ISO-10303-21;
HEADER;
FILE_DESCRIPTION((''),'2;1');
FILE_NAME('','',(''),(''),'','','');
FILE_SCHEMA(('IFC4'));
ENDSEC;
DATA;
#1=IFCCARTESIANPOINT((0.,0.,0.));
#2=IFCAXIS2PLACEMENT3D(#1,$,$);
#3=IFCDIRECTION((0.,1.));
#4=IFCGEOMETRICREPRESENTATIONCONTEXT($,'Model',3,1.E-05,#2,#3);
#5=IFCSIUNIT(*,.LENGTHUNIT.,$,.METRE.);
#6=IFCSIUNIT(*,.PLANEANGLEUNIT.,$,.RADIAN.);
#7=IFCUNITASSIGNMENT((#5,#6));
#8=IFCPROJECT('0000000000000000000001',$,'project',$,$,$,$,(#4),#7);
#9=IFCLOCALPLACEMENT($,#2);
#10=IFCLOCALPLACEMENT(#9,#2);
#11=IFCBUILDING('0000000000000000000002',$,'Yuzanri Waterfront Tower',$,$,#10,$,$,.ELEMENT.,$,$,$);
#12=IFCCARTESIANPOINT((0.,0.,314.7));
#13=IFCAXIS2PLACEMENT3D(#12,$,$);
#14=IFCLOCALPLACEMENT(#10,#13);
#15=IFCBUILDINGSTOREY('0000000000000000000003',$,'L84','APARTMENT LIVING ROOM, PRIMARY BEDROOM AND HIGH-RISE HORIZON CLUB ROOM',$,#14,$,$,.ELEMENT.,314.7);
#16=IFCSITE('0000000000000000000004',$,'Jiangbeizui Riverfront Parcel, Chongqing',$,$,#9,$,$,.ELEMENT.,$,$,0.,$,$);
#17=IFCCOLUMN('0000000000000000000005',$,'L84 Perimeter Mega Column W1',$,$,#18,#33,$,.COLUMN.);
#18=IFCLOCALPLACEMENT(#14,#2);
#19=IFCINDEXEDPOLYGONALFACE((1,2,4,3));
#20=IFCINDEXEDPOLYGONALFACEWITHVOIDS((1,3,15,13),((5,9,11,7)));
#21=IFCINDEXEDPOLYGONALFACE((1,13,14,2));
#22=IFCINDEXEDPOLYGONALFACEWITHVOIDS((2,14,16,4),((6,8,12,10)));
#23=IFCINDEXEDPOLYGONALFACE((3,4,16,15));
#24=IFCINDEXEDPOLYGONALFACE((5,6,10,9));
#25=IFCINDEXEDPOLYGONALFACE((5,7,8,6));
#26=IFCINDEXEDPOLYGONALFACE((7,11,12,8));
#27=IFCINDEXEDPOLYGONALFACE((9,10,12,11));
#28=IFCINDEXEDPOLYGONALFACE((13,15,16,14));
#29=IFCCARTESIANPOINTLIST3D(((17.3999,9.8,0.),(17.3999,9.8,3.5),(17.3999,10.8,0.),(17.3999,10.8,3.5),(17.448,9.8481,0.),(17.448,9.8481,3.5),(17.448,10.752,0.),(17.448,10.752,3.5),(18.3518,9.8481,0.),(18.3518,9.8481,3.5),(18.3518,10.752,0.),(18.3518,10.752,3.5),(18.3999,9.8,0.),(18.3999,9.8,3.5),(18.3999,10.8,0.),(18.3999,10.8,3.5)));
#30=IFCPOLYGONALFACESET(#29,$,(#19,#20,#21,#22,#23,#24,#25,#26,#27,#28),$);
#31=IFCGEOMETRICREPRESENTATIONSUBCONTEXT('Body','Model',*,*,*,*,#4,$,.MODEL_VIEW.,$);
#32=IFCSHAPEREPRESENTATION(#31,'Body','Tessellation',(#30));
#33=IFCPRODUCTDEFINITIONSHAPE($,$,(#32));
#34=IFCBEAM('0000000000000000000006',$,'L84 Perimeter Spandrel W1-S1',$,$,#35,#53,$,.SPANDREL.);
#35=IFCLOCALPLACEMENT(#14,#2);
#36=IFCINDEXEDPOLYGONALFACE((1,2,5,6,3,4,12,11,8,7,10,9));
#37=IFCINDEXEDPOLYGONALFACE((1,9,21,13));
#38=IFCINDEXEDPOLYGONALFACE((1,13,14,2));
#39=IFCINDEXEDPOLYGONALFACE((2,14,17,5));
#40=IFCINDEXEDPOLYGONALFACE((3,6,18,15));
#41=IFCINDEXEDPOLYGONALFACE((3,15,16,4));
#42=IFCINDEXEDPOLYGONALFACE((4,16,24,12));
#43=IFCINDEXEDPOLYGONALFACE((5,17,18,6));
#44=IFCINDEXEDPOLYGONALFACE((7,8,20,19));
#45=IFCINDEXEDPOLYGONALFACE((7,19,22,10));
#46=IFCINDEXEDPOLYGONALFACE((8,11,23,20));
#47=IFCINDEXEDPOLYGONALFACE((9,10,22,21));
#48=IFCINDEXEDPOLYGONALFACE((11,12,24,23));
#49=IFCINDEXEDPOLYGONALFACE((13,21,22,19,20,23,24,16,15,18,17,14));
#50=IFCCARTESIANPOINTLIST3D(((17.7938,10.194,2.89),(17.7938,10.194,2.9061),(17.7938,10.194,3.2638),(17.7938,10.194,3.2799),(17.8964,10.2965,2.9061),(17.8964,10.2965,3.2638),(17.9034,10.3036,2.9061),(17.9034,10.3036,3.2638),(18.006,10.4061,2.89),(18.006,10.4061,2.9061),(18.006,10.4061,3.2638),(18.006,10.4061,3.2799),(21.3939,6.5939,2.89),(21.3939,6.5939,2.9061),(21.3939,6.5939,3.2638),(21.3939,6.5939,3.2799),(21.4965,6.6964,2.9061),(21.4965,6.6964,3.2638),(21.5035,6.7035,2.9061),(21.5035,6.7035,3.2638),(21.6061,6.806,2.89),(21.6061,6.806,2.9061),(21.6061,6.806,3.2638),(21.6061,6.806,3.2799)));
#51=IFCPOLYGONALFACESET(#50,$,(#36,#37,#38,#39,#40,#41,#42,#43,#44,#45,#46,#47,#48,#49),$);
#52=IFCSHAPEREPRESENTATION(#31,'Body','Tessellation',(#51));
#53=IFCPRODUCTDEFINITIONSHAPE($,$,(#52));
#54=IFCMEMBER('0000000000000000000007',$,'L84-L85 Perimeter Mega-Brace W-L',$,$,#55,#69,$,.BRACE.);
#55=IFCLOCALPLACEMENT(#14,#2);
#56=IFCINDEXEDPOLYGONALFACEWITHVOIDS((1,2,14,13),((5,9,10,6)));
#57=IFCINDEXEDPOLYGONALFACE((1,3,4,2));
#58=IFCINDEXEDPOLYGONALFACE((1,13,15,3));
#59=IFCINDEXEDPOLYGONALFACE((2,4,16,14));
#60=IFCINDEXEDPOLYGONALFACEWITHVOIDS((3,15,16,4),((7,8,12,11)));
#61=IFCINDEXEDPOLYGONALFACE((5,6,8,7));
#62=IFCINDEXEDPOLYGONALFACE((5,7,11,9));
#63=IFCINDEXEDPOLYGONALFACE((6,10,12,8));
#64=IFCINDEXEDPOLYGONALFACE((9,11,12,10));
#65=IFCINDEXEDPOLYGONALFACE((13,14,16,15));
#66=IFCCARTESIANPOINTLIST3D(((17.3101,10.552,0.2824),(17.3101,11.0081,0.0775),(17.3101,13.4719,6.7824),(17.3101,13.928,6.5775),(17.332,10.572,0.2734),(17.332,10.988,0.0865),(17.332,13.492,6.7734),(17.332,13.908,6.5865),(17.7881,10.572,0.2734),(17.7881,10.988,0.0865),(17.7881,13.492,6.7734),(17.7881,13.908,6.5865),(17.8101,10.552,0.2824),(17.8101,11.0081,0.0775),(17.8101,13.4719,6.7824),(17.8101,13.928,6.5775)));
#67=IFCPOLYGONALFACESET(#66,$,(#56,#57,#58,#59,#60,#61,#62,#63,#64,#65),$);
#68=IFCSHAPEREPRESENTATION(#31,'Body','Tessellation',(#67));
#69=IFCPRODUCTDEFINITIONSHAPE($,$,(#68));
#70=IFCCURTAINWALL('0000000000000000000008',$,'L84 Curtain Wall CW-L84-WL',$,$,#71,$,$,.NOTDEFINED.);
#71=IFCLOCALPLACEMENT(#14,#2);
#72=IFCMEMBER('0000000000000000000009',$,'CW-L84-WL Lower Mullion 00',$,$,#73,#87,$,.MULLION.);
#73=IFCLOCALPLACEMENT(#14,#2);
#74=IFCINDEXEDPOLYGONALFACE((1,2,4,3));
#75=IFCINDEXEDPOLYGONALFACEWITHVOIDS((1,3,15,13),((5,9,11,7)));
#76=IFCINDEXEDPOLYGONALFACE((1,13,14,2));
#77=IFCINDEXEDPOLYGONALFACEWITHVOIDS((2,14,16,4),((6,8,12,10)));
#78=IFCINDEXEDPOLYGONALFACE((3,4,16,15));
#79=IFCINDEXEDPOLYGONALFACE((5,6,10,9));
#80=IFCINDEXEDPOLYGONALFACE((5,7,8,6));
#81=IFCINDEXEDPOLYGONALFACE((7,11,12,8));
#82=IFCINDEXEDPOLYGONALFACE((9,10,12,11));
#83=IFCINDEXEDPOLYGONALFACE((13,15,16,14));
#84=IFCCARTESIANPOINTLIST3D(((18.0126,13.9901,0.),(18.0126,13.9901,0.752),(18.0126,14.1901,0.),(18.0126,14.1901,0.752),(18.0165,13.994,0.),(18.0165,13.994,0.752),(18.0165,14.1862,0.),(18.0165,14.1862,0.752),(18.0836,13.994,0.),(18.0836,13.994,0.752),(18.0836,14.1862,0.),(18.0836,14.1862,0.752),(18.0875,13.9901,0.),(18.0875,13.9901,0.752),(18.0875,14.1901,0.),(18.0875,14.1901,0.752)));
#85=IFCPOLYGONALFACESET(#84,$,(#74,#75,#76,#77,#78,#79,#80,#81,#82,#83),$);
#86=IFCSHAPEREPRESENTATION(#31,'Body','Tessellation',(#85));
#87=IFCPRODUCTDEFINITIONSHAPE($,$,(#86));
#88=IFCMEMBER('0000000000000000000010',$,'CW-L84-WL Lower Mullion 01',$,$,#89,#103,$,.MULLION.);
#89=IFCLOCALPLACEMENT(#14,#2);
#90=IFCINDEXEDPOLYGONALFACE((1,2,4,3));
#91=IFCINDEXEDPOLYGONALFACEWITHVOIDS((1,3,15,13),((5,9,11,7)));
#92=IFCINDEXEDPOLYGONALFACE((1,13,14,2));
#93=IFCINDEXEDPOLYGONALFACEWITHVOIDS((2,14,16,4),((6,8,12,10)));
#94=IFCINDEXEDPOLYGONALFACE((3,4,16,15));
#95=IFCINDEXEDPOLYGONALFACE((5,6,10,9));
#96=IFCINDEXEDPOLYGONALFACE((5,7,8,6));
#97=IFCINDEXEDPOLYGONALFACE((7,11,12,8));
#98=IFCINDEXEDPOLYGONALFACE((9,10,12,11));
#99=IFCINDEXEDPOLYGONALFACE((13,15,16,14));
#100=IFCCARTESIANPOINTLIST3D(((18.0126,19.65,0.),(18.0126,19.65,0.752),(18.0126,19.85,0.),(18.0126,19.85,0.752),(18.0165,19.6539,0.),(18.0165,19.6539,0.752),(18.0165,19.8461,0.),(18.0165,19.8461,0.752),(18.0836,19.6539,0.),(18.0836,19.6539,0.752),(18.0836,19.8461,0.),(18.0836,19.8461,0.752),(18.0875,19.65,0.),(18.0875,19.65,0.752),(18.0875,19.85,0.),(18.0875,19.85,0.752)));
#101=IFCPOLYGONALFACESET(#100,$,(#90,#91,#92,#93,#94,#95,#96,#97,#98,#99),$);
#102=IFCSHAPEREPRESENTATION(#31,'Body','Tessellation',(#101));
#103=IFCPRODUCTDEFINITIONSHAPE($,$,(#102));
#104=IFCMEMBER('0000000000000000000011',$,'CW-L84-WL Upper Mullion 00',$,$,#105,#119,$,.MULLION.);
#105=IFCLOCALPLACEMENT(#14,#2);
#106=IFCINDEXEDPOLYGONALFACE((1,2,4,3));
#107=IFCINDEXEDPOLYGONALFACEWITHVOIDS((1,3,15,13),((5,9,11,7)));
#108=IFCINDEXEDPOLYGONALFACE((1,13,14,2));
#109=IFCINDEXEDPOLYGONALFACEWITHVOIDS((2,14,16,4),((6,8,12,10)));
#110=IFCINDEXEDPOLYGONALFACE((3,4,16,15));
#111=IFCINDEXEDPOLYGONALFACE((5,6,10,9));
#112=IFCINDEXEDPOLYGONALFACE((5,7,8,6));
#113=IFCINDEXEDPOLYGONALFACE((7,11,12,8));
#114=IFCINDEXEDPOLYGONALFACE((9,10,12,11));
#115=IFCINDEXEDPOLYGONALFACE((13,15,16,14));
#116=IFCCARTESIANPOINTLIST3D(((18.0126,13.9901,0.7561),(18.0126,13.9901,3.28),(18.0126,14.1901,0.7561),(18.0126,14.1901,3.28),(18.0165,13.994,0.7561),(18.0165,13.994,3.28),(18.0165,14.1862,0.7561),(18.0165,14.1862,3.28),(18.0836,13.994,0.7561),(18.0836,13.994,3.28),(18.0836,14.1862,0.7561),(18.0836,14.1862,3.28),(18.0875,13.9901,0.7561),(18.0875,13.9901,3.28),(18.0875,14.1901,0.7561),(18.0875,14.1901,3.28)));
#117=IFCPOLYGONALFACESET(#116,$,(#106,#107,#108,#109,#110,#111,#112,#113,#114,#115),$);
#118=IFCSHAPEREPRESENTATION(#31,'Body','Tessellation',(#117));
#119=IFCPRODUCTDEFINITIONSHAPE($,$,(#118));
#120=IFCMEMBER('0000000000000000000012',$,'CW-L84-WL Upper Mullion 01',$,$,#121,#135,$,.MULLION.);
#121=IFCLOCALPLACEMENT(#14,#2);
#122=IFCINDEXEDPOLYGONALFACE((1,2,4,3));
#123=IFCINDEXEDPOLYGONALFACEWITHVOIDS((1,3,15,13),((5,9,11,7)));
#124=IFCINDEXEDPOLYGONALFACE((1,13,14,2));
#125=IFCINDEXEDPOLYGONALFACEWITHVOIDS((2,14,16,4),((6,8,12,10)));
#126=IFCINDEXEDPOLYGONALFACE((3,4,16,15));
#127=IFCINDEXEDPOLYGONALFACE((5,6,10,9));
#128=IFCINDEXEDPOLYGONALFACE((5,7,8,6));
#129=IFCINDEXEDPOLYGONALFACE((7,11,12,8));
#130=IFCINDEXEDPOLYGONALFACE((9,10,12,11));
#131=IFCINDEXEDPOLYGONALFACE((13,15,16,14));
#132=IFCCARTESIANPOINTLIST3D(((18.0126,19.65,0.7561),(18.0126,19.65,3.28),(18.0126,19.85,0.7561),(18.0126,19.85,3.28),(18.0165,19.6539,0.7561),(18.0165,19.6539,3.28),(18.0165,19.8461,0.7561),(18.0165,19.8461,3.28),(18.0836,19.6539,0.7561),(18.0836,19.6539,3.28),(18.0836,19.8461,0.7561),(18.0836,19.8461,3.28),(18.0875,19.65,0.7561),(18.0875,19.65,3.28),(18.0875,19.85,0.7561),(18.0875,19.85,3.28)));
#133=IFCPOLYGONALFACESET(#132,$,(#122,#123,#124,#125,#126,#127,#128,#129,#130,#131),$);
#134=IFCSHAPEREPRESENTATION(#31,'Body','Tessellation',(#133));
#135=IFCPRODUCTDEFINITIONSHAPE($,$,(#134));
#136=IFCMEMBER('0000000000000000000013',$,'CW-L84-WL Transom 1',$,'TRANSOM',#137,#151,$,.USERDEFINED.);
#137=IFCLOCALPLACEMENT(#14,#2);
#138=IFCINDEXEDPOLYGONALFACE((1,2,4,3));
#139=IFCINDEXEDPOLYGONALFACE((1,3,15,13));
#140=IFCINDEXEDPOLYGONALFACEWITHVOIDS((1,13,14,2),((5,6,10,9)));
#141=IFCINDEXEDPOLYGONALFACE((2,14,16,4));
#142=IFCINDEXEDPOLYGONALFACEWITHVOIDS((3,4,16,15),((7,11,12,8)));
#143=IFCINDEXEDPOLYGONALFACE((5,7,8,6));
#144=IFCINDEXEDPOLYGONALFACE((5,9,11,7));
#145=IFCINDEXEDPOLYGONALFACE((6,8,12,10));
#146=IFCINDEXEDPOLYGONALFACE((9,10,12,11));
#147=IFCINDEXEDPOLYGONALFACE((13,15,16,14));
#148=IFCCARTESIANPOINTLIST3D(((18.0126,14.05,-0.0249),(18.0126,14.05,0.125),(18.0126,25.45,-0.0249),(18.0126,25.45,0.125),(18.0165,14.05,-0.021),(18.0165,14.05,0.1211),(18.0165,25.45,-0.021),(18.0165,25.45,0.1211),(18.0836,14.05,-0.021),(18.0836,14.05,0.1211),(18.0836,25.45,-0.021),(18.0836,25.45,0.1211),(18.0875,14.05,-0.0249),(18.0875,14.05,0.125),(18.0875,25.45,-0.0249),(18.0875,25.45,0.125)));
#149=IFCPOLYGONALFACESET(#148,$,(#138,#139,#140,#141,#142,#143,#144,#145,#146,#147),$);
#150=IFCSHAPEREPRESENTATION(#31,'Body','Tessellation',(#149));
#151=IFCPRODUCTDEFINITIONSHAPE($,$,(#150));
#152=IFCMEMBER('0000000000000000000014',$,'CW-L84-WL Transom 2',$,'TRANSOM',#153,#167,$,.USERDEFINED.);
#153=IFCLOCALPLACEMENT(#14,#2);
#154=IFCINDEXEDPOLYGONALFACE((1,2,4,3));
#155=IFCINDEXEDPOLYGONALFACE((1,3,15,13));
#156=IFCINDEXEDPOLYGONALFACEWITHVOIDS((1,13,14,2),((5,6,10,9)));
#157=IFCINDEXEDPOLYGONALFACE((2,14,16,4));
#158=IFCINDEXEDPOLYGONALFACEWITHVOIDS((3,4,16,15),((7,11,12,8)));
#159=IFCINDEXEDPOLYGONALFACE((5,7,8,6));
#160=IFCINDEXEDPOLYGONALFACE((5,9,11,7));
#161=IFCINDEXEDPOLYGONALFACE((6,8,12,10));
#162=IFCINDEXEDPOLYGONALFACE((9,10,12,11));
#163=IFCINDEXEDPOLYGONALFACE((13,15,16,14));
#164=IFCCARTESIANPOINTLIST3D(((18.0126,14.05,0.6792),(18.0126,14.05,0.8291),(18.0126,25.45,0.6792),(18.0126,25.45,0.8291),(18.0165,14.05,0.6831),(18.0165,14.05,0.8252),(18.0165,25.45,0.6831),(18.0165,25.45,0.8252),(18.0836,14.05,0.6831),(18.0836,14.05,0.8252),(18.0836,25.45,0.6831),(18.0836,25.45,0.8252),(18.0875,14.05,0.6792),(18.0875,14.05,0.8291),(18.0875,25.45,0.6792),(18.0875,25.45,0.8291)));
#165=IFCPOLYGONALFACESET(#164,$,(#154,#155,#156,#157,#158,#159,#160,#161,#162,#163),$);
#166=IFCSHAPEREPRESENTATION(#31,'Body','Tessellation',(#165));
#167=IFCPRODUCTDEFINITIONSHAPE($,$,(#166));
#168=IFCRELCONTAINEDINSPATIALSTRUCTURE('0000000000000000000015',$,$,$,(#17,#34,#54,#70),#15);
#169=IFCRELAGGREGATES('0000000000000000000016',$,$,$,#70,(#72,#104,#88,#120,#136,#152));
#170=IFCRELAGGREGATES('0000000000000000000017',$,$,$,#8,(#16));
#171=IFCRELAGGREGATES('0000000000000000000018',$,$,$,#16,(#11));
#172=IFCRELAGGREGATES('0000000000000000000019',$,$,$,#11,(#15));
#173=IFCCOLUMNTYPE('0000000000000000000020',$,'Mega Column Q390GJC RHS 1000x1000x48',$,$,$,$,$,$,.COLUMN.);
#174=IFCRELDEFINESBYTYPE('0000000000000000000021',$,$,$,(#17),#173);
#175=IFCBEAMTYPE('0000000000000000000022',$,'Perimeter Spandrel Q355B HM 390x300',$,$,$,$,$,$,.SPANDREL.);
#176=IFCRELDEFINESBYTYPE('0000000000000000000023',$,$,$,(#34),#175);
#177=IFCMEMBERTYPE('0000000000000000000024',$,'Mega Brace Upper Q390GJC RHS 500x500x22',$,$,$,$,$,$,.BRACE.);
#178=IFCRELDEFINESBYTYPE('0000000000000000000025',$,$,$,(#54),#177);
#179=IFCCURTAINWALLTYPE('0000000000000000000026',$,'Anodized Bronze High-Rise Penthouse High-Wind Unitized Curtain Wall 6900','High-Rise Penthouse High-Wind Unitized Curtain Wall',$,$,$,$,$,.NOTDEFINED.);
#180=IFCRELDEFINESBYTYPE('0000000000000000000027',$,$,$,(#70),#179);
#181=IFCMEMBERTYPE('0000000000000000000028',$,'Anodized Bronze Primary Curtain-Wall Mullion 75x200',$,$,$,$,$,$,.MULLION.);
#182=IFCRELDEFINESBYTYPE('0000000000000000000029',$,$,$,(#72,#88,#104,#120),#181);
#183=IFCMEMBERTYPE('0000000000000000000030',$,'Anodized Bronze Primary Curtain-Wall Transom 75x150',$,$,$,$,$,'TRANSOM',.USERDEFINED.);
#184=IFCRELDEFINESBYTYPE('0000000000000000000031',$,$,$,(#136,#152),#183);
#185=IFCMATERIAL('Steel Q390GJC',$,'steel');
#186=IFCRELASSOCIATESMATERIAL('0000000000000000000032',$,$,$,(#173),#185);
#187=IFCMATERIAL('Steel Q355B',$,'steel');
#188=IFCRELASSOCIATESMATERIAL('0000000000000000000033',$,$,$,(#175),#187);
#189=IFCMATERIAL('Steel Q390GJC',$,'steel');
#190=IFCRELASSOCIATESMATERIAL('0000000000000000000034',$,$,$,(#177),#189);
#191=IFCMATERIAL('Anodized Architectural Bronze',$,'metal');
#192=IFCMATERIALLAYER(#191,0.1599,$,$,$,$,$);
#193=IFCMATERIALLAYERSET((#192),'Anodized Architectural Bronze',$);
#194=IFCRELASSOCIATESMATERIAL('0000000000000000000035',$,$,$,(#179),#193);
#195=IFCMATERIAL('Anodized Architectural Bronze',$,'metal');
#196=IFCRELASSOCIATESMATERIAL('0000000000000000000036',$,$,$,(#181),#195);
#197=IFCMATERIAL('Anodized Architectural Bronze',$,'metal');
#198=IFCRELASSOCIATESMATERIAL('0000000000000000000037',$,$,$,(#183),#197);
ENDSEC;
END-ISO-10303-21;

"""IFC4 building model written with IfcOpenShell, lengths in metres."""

from ifc_helpers import new_model, si_unit, direction, frame, origin, origin_2d, place, context, subcontext, project, spatial, hollow_rectangle, i_section, extrude, source, transform, mapped, material, layer, layer_set, material_profile, profile_set, type_object, element, aggregate, save


model = new_model("IFC4")

# Units and contexts
model_context = context("Model", 3, precision=1e-05, world=origin(), true_north=direction((0.0, 1.0)))
body_context = subcontext(model_context, "Body", "Model", "MODEL_VIEW")
ifc_project = project(units=[si_unit("LENGTHUNIT", "METRE"), si_unit("PLANEANGLEUNIT", "RADIAN")], contexts=[model_context])

# Site, building, storey
site_placement = place(None, origin())
site = spatial("IfcSite", under=ifc_project, at=site_placement, Name="Jiangbeizui Riverfront Parcel, Chongqing", CompositionType="ELEMENT", RefElevation=0.0)
building_placement = place(site_placement, origin())
building = spatial("IfcBuilding", under=site, at=building_placement, Name="Yuzanri Waterfront Tower", CompositionType="ELEMENT")
storey_placement = place(building_placement, frame((0.0, 0.0, 314.7)))
storey = spatial("IfcBuildingStorey", under=building, at=storey_placement, Name="L84", Description="APARTMENT LIVING ROOM, PRIMARY BEDROOM AND HIGH-RISE HORIZON CLUB ROOM", CompositionType="ELEMENT", Elevation=314.7)

# Column
ifc_material_1 = material(Name="Steel Q390GJC", Category="steel")
ifc_material_profile_1 = material_profile(ifc_material_1, hollow_rectangle(XDim=1.0, YDim=1.0, WallThickness=0.0481, at=origin_2d()), Name="RHS 1000x1000x48")
ifc_profile_set_1 = profile_set([ifc_material_profile_1], Name="Steel Q390GJC")
column_type = type_object("IfcColumnType", Name="Mega Column Q390GJC RHS 1000x1000x48", PredefinedType="COLUMN", material=ifc_profile_set_1)
shared_shape_1 = source(origin(), body_context, "Body", "SweptSolid", [
    extrude(hollow_rectangle(XDim=1.0, YDim=1.0, WallThickness=0.0481, at=origin_2d()), origin(), (0.0, 0.0, 1.0), 3.5),
])
column_placement = place(storey_placement, frame((17.8999, 10.3, 0.0), z_axis=(0.0, 0.0, 1.0), x_axis=(1.0, 0.0, 0.0)))
element("IfcColumn", 1, at=column_placement, inside=storey, type_object=column_type, Name="L84 Perimeter Mega Column W1", PredefinedType="COLUMN", context=body_context, shape_type="MappedRepresentation", body=[
    mapped(shared_shape_1, transform((0.0, 0.0, 0.0), scale=1.0)),
])

# Beam
ifc_material_2 = material(Name="Steel Q355B", Category="steel")
ifc_material_profile_2 = material_profile(ifc_material_2, i_section(OverallWidth=0.3, OverallDepth=0.3899, WebThickness=0.01, FlangeThickness=0.0161, at=origin_2d()), Name="HM 390x300x10x16")
ifc_profile_set_2 = profile_set([ifc_material_profile_2], Name="Steel Q355B")
beam_type = type_object("IfcBeamType", Name="Perimeter Spandrel Q355B HM 390x300", PredefinedType="SPANDREL", material=ifc_profile_set_2)
shared_shape_2 = source(origin(), body_context, "Body", "SweptSolid", [
    extrude(i_section(OverallWidth=0.3, OverallDepth=0.3899, WebThickness=0.01, FlangeThickness=0.0161, at=origin_2d()), origin(), (0.0, 0.0, 1.0), 5.0913),
])
beam_placement = place(storey_placement, frame((17.8999, 10.3, 3.085), z_axis=(0.707107, -0.707107, 0.0), x_axis=(0.707107, 0.707107, 0.0)))
element("IfcBeam", 2, at=beam_placement, inside=storey, type_object=beam_type, Name="L84 Perimeter Spandrel W1-S1", PredefinedType="SPANDREL", context=body_context, shape_type="MappedRepresentation", body=[
    mapped(shared_shape_2, transform((0.0, 0.0, 0.0), scale=1.0)),
])

# Member
ifc_material_3 = material(Name="Steel Q390GJC", Category="steel")
ifc_material_profile_3 = material_profile(ifc_material_3, hollow_rectangle(XDim=0.5, YDim=0.5, WallThickness=0.022, at=origin_2d()), Name="RHS 500x500x22")
ifc_profile_set_3 = profile_set([ifc_material_profile_3], Name="Steel Q390GJC")
member_type_1 = type_object("IfcMemberType", Name="Mega Brace Upper Q390GJC RHS 500x500x22", PredefinedType="BRACE", material=ifc_profile_set_3)
shared_shape_3 = source(origin(), body_context, "Body", "SweptSolid", [
    extrude(hollow_rectangle(XDim=0.5, YDim=0.5, WallThickness=0.022, at=origin_2d()), origin(), (0.0, 0.0, 1.0), 7.1257),
])
member_1_placement = place(storey_placement, frame((17.5601, 10.78, 0.1799), z_axis=(0.0, 0.409772, 0.912188), x_axis=(-1.0, 0.0, 0.0)))
element("IfcMember", 3, at=member_1_placement, inside=storey, type_object=member_type_1, Name="L84-L85 Perimeter Mega-Brace W-L", PredefinedType="BRACE", context=body_context, shape_type="MappedRepresentation", body=[
    mapped(shared_shape_3, transform((0.0, 0.0, 0.0), scale=1.0)),
])

# Curtain wall, members
ifc_material_4 = material(Name="Anodized Architectural Bronze", Category="metal")
ifc_layer_1 = layer(ifc_material_4, 0.1599)
ifc_layer_set_1 = layer_set([ifc_layer_1], Name="Anodized Architectural Bronze")
curtain_wall_type = type_object("IfcCurtainWallType", Name="Anodized Bronze High-Rise Penthouse High-Wind Unitized Curtain Wall 6900", Description="High-Rise Penthouse High-Wind Unitized Curtain Wall", PredefinedType="NOTDEFINED", material=ifc_layer_set_1)
curtain_wall_placement = place(storey_placement, origin())
curtain_wall = element("IfcCurtainWall", 4, at=curtain_wall_placement, inside=storey, type_object=curtain_wall_type, Name="L84 Curtain Wall CW-L84-WL", PredefinedType="NOTDEFINED")
ifc_material_5 = material(Name="Anodized Architectural Bronze", Category="metal")
ifc_material_profile_4 = material_profile(ifc_material_5, hollow_rectangle(XDim=0.075, YDim=0.2, WallThickness=0.0039, at=origin_2d()), Name="CWM 75x200")
ifc_profile_set_4 = profile_set([ifc_material_profile_4], Name="Anodized Architectural Bronze")
member_type_2 = type_object("IfcMemberType", Name="Anodized Bronze Primary Curtain-Wall Mullion 75x200", PredefinedType="MULLION", material=ifc_profile_set_4)
shared_shape_4 = source(origin(), body_context, "Body", "SweptSolid", [
    extrude(hollow_rectangle(XDim=0.075, YDim=0.2, WallThickness=0.0039, at=origin_2d()), origin(), (0.0, 0.0, 1.0), 0.752),
])
member_2_placement = place(storey_placement, frame((18.05, 14.0901, 0.0), z_axis=(0.0, 0.0, 1.0), x_axis=(1.0, 0.0, 0.0)))
member_2 = element("IfcMember", 5, at=member_2_placement, type_object=member_type_2, Name="CW-L84-WL Lower Mullion 00", PredefinedType="MULLION", context=body_context, shape_type="MappedRepresentation", body=[
    mapped(shared_shape_4, transform((0.0, 0.0, 0.0), scale=1.0)),
])
member_3_placement = place(storey_placement, frame((18.05, 19.75, 0.0), z_axis=(0.0, 0.0, 1.0), x_axis=(1.0, 0.0, 0.0)))
member_3 = element("IfcMember", 6, at=member_3_placement, type_object=member_type_2, Name="CW-L84-WL Lower Mullion 01", PredefinedType="MULLION", context=body_context, shape_type="MappedRepresentation", body=[
    mapped(shared_shape_4, transform((0.0, 0.0, 0.0), scale=1.0)),
])
shared_shape_5 = source(origin(), body_context, "Body", "SweptSolid", [
    extrude(hollow_rectangle(XDim=0.075, YDim=0.2, WallThickness=0.0039, at=origin_2d()), origin(), (0.0, 0.0, 1.0), 2.5239),
])
member_4_placement = place(storey_placement, frame((18.05, 14.0901, 0.7561), z_axis=(0.0, 0.0, 1.0), x_axis=(1.0, 0.0, 0.0)))
member_4 = element("IfcMember", 7, at=member_4_placement, type_object=member_type_2, Name="CW-L84-WL Upper Mullion 00", PredefinedType="MULLION", context=body_context, shape_type="MappedRepresentation", body=[
    mapped(shared_shape_5, transform((0.0, 0.0, 0.0), scale=1.0)),
])
member_5_placement = place(storey_placement, frame((18.05, 19.75, 0.7561), z_axis=(0.0, 0.0, 1.0), x_axis=(1.0, 0.0, 0.0)))
member_5 = element("IfcMember", 8, at=member_5_placement, type_object=member_type_2, Name="CW-L84-WL Upper Mullion 01", PredefinedType="MULLION", context=body_context, shape_type="MappedRepresentation", body=[
    mapped(shared_shape_5, transform((0.0, 0.0, 0.0), scale=1.0)),
])
ifc_material_6 = material(Name="Anodized Architectural Bronze", Category="metal")
ifc_material_profile_5 = material_profile(ifc_material_6, hollow_rectangle(XDim=0.075, YDim=0.1499, WallThickness=0.0039, at=origin_2d()), Name="CWT 75x150")
ifc_profile_set_5 = profile_set([ifc_material_profile_5], Name="Anodized Architectural Bronze")
member_type_3 = type_object("IfcMemberType", Name="Anodized Bronze Primary Curtain-Wall Transom 75x150", ElementType="TRANSOM", PredefinedType="USERDEFINED", material=ifc_profile_set_5)
shared_shape_6 = source(origin(), body_context, "Body", "SweptSolid", [
    extrude(hollow_rectangle(XDim=0.075, YDim=0.1499, WallThickness=0.0039, at=origin_2d()), origin(), (0.0, 0.0, 1.0), 11.3999),
])
member_6_placement = place(storey_placement, frame((18.05, 14.05, 0.05), z_axis=(0.0, 1.0, 0.0), x_axis=(-1.0, 0.0, 0.0)))
member_6 = element("IfcMember", 9, at=member_6_placement, type_object=member_type_3, Name="CW-L84-WL Transom 1", ObjectType="TRANSOM", PredefinedType="USERDEFINED", context=body_context, shape_type="MappedRepresentation", body=[
    mapped(shared_shape_6, transform((0.0, 0.0, 0.0), scale=1.0)),
])
member_7_placement = place(storey_placement, frame((18.05, 14.05, 0.7542), z_axis=(0.0, 1.0, 0.0), x_axis=(-1.0, 0.0, 0.0)))
member_7 = element("IfcMember", 10, at=member_7_placement, type_object=member_type_3, Name="CW-L84-WL Transom 2", ObjectType="TRANSOM", PredefinedType="USERDEFINED", context=body_context, shape_type="MappedRepresentation", body=[
    mapped(shared_shape_6, transform((0.0, 0.0, 0.0), scale=1.0)),
])

aggregate(curtain_wall, [member_2, member_4, member_3, member_5, member_6, member_7])

save(model, "model.ifc")
